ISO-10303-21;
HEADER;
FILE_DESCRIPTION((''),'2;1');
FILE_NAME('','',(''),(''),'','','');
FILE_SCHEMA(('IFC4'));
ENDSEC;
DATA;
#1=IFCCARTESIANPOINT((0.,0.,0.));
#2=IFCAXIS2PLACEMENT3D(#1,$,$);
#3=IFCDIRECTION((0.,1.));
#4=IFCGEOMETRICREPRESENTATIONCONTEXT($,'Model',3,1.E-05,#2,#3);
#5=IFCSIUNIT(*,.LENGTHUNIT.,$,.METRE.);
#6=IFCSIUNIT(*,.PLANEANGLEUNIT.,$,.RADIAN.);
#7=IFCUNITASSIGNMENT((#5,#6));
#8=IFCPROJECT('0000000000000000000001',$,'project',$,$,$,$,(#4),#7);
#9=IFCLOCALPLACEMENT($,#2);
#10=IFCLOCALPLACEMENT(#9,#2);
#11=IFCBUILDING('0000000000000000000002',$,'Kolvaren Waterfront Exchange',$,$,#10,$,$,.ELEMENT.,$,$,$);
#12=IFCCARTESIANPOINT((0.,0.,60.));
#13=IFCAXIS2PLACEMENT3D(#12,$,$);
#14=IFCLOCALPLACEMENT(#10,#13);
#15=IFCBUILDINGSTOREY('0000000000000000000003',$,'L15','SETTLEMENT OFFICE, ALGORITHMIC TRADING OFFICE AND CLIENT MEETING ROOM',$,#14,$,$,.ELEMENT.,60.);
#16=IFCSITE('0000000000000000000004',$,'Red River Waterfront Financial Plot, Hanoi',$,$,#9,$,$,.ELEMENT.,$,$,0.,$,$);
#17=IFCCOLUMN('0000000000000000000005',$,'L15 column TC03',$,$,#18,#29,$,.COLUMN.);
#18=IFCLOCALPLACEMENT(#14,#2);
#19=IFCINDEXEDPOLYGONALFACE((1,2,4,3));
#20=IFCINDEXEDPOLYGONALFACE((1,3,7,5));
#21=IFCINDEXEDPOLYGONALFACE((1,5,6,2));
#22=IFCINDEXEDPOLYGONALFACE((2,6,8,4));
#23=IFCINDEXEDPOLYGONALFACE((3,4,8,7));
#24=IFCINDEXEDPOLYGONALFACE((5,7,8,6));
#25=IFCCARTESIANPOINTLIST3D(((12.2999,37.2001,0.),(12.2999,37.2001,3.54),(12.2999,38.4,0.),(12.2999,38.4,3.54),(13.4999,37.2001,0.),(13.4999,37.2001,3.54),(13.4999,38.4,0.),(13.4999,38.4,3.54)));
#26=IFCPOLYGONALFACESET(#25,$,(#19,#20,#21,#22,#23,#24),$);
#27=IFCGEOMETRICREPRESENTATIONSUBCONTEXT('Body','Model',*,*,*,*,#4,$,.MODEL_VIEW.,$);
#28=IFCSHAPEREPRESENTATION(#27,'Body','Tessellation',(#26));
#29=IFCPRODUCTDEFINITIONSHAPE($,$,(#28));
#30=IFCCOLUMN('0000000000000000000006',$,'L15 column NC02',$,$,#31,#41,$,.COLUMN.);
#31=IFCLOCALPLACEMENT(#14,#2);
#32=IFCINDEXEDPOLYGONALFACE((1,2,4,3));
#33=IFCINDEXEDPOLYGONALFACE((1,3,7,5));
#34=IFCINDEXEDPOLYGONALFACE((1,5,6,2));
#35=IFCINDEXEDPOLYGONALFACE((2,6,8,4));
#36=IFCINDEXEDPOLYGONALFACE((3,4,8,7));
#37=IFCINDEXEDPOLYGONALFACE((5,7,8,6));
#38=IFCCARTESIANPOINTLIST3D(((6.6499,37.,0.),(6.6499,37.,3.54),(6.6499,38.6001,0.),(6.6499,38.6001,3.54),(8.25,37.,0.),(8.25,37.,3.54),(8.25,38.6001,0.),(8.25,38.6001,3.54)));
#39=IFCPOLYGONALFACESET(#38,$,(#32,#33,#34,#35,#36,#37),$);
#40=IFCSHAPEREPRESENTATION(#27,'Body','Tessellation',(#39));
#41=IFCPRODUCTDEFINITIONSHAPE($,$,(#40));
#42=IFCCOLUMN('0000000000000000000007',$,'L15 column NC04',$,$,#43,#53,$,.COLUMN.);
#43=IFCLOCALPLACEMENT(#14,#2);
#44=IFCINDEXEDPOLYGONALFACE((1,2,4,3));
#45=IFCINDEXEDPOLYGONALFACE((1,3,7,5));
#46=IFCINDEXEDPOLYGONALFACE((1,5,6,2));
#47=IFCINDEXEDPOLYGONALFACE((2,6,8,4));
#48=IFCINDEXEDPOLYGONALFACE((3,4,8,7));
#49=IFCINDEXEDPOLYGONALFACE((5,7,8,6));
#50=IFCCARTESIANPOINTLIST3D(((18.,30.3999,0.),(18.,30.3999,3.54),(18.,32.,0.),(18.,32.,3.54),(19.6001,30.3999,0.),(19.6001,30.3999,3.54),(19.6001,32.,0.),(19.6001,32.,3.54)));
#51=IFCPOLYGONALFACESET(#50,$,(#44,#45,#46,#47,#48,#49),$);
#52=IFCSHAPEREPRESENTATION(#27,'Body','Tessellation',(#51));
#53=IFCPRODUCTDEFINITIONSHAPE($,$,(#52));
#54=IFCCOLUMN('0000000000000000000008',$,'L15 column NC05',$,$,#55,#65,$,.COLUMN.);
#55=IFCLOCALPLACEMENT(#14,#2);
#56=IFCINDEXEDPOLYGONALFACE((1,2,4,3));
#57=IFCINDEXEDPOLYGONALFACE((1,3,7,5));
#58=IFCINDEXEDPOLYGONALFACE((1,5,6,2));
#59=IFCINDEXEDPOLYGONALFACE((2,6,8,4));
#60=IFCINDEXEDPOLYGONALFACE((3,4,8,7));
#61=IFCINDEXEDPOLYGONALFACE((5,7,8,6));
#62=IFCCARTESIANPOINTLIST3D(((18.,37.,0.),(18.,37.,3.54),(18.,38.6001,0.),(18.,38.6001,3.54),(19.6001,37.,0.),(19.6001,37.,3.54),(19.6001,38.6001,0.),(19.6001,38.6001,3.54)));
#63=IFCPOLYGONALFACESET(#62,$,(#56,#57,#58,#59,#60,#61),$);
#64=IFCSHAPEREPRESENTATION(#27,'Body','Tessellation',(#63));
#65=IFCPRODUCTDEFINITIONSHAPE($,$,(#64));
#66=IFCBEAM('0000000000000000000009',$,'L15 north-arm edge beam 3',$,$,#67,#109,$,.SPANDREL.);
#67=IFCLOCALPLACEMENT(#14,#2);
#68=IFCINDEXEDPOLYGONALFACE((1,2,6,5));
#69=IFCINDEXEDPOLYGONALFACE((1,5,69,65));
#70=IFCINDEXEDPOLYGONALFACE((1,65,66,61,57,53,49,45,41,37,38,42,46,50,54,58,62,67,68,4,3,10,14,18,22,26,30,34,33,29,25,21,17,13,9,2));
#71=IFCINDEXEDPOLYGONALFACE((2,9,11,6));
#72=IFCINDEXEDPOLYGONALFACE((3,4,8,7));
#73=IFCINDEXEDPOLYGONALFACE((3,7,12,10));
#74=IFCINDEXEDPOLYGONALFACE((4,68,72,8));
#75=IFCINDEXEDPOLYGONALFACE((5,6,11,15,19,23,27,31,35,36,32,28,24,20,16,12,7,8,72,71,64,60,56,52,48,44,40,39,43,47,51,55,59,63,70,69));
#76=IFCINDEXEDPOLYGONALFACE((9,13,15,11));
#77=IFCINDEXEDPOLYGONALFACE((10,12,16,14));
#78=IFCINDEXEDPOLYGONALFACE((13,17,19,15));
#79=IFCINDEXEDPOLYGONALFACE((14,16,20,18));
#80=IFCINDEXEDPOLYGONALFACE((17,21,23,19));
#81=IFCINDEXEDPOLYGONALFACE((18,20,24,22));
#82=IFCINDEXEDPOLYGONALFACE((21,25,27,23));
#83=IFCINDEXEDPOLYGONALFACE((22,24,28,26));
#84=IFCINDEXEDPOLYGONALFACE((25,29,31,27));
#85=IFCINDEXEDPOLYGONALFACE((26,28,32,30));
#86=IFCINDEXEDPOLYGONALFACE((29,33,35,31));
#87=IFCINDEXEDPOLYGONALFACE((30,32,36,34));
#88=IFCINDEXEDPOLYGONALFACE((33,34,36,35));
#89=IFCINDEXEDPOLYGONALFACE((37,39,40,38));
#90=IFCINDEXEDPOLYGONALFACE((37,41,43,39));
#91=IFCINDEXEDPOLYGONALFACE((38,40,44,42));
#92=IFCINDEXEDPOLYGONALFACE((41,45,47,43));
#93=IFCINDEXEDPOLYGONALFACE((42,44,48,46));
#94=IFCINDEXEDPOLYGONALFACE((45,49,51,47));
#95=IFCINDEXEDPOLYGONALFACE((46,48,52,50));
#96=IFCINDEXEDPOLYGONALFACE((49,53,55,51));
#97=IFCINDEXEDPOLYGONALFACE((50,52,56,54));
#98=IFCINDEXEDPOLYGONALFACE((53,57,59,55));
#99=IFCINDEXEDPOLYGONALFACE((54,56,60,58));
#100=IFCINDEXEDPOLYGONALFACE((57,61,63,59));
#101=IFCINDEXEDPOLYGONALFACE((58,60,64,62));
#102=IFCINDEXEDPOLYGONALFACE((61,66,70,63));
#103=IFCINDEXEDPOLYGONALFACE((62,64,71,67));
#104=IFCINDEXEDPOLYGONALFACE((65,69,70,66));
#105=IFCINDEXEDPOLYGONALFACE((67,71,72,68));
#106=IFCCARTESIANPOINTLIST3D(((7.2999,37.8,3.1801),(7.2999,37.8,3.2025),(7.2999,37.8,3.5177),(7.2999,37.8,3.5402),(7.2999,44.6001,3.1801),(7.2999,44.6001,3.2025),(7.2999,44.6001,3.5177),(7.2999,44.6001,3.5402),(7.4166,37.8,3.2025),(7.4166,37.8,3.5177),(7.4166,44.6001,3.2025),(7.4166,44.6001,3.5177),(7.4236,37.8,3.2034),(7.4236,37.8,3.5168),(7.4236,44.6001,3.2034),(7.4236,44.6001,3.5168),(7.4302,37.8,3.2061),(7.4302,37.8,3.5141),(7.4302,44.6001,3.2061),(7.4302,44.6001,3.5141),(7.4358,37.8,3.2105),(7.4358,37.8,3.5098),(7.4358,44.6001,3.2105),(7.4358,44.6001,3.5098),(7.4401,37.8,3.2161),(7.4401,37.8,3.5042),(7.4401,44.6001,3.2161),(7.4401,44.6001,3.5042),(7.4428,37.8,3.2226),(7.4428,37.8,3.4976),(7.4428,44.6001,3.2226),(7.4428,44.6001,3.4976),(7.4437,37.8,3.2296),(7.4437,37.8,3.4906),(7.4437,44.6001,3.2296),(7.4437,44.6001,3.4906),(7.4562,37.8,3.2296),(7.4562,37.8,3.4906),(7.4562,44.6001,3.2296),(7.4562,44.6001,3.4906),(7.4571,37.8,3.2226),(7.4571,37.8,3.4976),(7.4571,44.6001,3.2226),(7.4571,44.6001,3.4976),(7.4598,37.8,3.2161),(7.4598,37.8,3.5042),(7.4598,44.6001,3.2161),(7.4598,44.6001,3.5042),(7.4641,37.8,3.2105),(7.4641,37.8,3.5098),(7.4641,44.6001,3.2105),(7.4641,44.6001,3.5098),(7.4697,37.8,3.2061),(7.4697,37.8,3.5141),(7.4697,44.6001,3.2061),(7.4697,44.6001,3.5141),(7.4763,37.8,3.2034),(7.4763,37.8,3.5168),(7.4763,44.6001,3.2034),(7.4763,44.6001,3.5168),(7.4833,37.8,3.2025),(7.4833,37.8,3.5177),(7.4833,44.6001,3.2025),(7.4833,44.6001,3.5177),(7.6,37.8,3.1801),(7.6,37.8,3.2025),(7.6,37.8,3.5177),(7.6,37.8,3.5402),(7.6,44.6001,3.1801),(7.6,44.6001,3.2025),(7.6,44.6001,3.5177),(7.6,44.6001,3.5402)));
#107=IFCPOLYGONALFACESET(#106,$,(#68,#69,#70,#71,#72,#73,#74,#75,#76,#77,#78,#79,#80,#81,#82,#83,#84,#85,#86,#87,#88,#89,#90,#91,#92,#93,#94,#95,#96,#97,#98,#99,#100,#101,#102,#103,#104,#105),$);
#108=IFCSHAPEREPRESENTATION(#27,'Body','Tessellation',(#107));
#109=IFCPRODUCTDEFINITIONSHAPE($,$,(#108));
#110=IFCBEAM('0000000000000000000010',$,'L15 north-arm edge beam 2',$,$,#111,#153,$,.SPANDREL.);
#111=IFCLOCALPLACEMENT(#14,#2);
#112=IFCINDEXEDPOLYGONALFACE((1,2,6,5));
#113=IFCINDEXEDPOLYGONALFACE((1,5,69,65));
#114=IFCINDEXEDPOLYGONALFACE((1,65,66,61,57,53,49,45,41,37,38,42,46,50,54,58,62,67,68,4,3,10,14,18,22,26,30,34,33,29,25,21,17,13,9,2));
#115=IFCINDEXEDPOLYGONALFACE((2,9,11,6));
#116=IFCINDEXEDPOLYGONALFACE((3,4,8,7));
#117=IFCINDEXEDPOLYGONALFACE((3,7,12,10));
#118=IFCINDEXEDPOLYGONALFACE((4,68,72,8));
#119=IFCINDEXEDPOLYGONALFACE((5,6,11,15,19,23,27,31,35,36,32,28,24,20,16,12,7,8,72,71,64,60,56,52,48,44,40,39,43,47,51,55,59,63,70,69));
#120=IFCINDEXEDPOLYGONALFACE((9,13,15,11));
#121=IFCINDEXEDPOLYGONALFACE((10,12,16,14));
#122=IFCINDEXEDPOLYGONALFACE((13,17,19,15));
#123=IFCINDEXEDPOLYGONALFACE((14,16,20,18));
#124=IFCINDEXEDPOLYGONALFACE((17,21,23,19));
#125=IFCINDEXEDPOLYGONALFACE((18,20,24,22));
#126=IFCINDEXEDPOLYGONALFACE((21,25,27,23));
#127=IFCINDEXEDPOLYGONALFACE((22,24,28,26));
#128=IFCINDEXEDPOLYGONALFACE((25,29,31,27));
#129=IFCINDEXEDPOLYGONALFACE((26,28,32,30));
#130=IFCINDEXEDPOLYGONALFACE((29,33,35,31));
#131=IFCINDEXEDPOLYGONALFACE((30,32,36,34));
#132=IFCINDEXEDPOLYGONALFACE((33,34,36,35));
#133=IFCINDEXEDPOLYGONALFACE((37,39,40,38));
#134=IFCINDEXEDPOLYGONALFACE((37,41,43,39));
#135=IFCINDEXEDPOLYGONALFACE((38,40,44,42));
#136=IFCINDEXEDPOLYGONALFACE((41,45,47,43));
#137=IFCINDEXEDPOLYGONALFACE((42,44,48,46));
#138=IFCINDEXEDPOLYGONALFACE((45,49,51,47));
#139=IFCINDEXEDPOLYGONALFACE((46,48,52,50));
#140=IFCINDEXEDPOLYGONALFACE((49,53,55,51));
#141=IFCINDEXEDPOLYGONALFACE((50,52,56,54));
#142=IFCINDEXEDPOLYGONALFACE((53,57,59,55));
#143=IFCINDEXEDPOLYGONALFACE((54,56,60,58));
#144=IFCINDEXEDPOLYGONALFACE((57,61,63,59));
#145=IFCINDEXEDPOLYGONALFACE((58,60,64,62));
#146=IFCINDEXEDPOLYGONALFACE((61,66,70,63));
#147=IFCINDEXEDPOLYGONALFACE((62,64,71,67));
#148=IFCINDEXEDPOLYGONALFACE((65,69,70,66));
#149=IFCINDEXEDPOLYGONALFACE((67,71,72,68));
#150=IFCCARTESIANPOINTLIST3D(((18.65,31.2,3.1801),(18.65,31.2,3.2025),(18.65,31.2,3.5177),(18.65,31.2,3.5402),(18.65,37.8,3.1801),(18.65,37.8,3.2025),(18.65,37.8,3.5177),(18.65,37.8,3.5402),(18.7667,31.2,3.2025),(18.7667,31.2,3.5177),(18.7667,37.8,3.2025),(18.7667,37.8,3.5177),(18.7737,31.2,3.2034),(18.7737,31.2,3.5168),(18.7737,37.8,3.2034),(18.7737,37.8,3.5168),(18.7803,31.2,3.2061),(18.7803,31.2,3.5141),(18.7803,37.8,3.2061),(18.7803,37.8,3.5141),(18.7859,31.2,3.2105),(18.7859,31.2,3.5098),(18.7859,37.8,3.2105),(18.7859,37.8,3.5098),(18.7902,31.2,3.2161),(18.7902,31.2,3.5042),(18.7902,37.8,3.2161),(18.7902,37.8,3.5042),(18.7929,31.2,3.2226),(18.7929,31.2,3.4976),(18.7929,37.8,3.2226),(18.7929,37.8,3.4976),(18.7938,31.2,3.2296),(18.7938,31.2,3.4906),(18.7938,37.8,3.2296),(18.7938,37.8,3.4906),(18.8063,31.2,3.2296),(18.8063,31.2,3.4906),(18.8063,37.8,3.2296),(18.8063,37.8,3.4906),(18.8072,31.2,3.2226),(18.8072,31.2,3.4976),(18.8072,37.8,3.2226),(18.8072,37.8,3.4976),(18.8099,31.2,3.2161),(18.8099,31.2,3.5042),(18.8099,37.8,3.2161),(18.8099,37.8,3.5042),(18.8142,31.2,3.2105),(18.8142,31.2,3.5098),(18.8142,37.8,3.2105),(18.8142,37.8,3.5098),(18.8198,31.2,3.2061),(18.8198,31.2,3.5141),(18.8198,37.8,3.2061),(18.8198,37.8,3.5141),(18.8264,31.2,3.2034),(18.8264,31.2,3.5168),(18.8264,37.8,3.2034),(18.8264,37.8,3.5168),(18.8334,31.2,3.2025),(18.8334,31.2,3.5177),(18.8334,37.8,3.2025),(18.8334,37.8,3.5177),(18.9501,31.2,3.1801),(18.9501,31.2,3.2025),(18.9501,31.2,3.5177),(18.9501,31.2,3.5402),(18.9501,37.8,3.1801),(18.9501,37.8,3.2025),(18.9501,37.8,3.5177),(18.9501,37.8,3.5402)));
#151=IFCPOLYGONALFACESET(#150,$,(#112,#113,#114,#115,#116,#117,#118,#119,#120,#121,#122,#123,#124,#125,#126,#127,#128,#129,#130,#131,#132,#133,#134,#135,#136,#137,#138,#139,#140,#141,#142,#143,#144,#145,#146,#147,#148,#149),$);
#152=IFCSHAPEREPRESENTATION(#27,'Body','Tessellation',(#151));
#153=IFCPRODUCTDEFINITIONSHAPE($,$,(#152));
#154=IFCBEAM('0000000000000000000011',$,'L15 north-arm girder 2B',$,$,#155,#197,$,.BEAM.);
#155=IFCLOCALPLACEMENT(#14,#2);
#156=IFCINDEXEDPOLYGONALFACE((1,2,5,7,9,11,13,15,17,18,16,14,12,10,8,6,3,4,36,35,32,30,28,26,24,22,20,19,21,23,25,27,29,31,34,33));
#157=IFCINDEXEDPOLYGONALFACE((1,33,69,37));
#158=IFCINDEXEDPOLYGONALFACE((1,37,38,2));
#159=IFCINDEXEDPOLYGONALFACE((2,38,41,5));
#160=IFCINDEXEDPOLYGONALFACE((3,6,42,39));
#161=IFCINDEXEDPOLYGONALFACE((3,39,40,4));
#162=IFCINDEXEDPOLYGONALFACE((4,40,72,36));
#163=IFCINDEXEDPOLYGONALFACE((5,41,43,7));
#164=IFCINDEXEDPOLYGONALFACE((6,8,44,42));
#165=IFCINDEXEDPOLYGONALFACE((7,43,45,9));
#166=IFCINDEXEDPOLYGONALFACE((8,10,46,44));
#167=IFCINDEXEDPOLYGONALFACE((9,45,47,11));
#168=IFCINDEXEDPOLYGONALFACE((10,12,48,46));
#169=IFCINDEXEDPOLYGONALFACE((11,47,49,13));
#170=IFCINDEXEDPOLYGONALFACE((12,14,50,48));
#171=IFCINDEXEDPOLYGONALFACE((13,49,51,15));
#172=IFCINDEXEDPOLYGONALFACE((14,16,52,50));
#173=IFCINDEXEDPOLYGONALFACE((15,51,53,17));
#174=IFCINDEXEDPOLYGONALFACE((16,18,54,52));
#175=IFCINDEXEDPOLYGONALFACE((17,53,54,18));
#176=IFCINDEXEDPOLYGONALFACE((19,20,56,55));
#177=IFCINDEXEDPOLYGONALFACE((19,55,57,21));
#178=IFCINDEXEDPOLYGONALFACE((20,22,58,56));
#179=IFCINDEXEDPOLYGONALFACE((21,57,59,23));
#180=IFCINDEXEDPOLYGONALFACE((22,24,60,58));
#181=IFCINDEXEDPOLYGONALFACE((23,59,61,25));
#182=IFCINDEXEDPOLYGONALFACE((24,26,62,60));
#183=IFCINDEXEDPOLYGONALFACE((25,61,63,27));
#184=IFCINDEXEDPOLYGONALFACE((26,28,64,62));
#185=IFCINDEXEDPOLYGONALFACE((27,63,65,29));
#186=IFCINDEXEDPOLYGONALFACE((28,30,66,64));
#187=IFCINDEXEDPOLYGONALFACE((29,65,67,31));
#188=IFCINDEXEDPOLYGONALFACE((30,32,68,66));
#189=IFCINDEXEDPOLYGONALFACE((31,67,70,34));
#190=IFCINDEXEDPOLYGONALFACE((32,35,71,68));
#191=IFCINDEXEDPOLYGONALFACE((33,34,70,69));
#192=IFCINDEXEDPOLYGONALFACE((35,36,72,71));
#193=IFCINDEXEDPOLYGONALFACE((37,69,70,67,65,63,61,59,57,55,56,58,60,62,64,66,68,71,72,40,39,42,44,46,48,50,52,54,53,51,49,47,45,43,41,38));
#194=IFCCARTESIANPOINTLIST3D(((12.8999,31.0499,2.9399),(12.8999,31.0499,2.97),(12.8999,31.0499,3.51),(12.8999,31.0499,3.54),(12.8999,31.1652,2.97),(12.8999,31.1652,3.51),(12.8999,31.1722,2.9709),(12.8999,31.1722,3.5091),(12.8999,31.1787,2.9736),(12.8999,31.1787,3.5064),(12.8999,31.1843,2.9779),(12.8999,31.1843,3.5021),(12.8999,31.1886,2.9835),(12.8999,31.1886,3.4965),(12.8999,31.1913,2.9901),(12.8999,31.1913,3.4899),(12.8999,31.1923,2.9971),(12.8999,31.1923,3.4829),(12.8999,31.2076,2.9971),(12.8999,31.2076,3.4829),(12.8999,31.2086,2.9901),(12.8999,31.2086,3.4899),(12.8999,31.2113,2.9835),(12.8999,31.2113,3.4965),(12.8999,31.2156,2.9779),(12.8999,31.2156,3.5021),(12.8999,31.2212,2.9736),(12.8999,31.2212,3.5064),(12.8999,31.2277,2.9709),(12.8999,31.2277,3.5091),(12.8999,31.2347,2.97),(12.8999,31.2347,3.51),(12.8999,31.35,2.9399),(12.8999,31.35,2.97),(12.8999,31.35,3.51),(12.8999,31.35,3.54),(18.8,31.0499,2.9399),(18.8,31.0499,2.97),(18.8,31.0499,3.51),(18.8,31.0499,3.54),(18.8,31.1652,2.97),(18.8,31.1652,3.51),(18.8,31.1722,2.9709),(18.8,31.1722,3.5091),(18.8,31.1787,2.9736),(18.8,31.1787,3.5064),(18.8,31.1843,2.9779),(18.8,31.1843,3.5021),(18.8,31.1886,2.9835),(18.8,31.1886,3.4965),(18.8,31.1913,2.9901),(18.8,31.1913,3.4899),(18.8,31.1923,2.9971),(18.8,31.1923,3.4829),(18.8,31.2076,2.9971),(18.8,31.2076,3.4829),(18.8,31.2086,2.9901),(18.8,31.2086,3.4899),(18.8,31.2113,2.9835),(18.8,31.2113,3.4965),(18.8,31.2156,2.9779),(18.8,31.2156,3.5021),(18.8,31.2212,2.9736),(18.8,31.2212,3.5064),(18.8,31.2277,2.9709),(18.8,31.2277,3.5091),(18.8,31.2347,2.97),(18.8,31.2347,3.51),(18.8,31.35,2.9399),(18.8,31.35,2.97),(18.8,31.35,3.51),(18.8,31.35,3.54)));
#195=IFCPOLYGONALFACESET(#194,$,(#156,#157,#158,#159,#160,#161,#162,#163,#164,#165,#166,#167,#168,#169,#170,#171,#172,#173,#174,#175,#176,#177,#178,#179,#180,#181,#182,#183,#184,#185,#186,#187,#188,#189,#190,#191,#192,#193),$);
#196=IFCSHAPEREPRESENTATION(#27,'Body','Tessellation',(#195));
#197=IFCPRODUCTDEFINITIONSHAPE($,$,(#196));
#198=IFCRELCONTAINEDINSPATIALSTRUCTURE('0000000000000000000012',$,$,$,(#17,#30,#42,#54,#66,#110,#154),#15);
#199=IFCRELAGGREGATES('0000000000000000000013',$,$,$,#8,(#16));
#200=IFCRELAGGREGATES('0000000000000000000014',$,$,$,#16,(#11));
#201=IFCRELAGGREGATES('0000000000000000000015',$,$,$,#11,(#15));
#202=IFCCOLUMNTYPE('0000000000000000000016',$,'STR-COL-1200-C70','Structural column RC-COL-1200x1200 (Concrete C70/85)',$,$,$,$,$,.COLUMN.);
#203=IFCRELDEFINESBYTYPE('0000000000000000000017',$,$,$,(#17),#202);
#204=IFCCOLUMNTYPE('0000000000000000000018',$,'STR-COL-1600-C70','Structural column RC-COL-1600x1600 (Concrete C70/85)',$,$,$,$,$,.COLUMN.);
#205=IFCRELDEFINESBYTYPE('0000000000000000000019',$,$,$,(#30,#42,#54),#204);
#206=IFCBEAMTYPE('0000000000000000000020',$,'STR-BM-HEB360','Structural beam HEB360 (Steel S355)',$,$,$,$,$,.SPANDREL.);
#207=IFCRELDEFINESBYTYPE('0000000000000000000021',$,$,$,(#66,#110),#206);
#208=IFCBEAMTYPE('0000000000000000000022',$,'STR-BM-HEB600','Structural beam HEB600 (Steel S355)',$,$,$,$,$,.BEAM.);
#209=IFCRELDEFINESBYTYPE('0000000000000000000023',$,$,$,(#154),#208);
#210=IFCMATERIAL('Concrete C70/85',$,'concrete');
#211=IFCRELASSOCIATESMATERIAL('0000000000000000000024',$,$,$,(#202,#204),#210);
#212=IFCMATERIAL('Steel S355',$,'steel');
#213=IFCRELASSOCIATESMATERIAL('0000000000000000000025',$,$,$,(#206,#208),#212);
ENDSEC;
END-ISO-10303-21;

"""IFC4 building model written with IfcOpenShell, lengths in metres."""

from ifc_helpers import new_model, si_unit, direction, frame, origin, origin_2d, place, context, subcontext, project, spatial, rectangle, i_section, extrude, material, material_profile, profile_set, type_object, element, save


model = new_model("IFC4")

# Units and contexts
model_context = context("Model", 3, precision=1e-05, world=origin(), true_north=direction((0.0, 1.0)))
body_context = subcontext(model_context, "Body", "Model", "MODEL_VIEW")
ifc_project = project(units=[si_unit("LENGTHUNIT", "METRE"), si_unit("PLANEANGLEUNIT", "RADIAN")], contexts=[model_context])

# Site, building, storey
site_placement = place(None, origin())
site = spatial("IfcSite", under=ifc_project, at=site_placement, Name="Red River Waterfront Financial Plot, Hanoi", CompositionType="ELEMENT", RefElevation=0.0)
building_placement = place(site_placement, origin())
building = spatial("IfcBuilding", under=site, at=building_placement, Name="Kolvaren Waterfront Exchange", CompositionType="ELEMENT")
storey_placement = place(building_placement, frame((0.0, 0.0, 60.0)))
storey = spatial("IfcBuildingStorey", under=building, at=storey_placement, Name="L15", Description="SETTLEMENT OFFICE, ALGORITHMIC TRADING OFFICE AND CLIENT MEETING ROOM", CompositionType="ELEMENT", Elevation=60.0)

# Columns
ifc_material_1 = material(Name="Concrete C70/85", Category="concrete")
ifc_material_profile_1 = material_profile(ifc_material_1, rectangle(XDim=1.2, YDim=1.2, at=origin_2d()), Name="RC-COL-1200x1200")
ifc_profile_set_1 = profile_set([ifc_material_profile_1], Name="Concrete C70/85")
column_type_1 = type_object("IfcColumnType", Name="STR-COL-1200-C70", Description="Structural column RC-COL-1200x1200 (Concrete C70/85)", PredefinedType="COLUMN", material=ifc_profile_set_1)
column_placement = place(storey_placement, frame((12.8999, 37.8, 0.0), z_axis=(0.0, 0.0, 1.0), x_axis=(1.0, 0.0, 0.0)))
element("IfcColumn", 1, at=column_placement, inside=storey, type_object=column_type_1, Name="L15 column TC03", PredefinedType="COLUMN", context=body_context, shape_type="SweptSolid", body=[
    extrude(rectangle(XDim=1.2, YDim=1.2, at=origin_2d()), origin(), (0.0, 0.0, 1.0), 3.54),
])
ifc_material_profile_2 = material_profile(ifc_material_1, rectangle(XDim=1.6001, YDim=1.6001, at=origin_2d()), Name="RC-COL-1600x1600")
ifc_profile_set_2 = profile_set([ifc_material_profile_2], Name="Concrete C70/85")
column_type_2 = type_object("IfcColumnType", Name="STR-COL-1600-C70", Description="Structural column RC-COL-1600x1600 (Concrete C70/85)", PredefinedType="COLUMN", material=ifc_profile_set_2)
for number, where, z_axis, x_axis, name in (
    (2, (7.45, 37.8, 0.0), (0.0, 0.0, 1.0), (1.0, 0.0, 0.0), "L15 column NC02"),
    (3, (18.8, 31.2, 0.0), (0.0, 0.0, 1.0), (1.0, 0.0, 0.0), "L15 column NC04"),
    (4, (18.8, 37.8, 0.0), (0.0, 0.0, 1.0), (1.0, 0.0, 0.0), "L15 column NC05"),
):
    element("IfcColumn", number, at=place(storey_placement, frame(where, z_axis=z_axis, x_axis=x_axis)), inside=storey, type_object=column_type_2, Name=name, PredefinedType="COLUMN", context=body_context, shape_type="SweptSolid", body=[
        extrude(rectangle(XDim=1.6001, YDim=1.6001, at=origin_2d()), origin(), (0.0, 0.0, 1.0), 3.54),
    ])

# Beams
ifc_material_2 = material(Name="Steel S355", Category="steel")
ifc_material_profile_3 = material_profile(ifc_material_2, i_section(OverallWidth=0.3, OverallDepth=0.3601, WebThickness=0.0125, FlangeThickness=0.0225, FilletRadius=0.0271, at=origin_2d()), Name="HEB360")
ifc_profile_set_3 = profile_set([ifc_material_profile_3], Name="Steel S355")
beam_type_1 = type_object("IfcBeamType", Name="STR-BM-HEB360", Description="Structural beam HEB360 (Steel S355)", PredefinedType="SPANDREL", material=ifc_profile_set_3)
beam_1_placement = place(storey_placement, frame((7.45, 37.8, 3.3601), z_axis=(0.0, 1.0, 0.0), x_axis=(-1.0, 0.0, 0.0)))
element("IfcBeam", 5, at=beam_1_placement, inside=storey, type_object=beam_type_1, Name="L15 north-arm edge beam 3", PredefinedType="SPANDREL", context=body_context, shape_type="SweptSolid", body=[
    extrude(i_section(OverallWidth=0.3, OverallDepth=0.3601, WebThickness=0.0125, FlangeThickness=0.0225, FilletRadius=0.0271, at=origin_2d()), origin(), (0.0, 0.0, 1.0), 6.8),
])
beam_2_placement = place(storey_placement, frame((18.8, 31.2, 3.3601), z_axis=(0.0, 1.0, 0.0), x_axis=(-1.0, 0.0, 0.0)))
element("IfcBeam", 6, at=beam_2_placement, inside=storey, type_object=beam_type_1, Name="L15 north-arm edge beam 2", PredefinedType="SPANDREL", context=body_context, shape_type="SweptSolid", body=[
    extrude(i_section(OverallWidth=0.3, OverallDepth=0.3601, WebThickness=0.0125, FlangeThickness=0.0225, FilletRadius=0.0271, at=origin_2d()), origin(), (0.0, 0.0, 1.0), 6.6001),
])
ifc_material_profile_4 = material_profile(ifc_material_2, i_section(OverallWidth=0.3, OverallDepth=0.6001, WebThickness=0.0154, FlangeThickness=0.03, FilletRadius=0.0271, at=origin_2d()), Name="HEB600")
ifc_profile_set_4 = profile_set([ifc_material_profile_4], Name="Steel S355")
beam_type_2 = type_object("IfcBeamType", Name="STR-BM-HEB600", Description="Structural beam HEB600 (Steel S355)", PredefinedType="BEAM", material=ifc_profile_set_4)
beam_3_placement = place(storey_placement, frame((12.8999, 31.2, 3.24), z_axis=(1.0, 0.0, 0.0), x_axis=(0.0, 1.0, 0.0)))
element("IfcBeam", 7, at=beam_3_placement, inside=storey, type_object=beam_type_2, Name="L15 north-arm girder 2B", PredefinedType="BEAM", context=body_context, shape_type="SweptSolid", body=[
    extrude(i_section(OverallWidth=0.3, OverallDepth=0.6001, WebThickness=0.0154, FlangeThickness=0.03, FilletRadius=0.0271, at=origin_2d()), origin(), (0.0, 0.0, 1.0), 5.9001),
])

save(model, "model.ifc")
